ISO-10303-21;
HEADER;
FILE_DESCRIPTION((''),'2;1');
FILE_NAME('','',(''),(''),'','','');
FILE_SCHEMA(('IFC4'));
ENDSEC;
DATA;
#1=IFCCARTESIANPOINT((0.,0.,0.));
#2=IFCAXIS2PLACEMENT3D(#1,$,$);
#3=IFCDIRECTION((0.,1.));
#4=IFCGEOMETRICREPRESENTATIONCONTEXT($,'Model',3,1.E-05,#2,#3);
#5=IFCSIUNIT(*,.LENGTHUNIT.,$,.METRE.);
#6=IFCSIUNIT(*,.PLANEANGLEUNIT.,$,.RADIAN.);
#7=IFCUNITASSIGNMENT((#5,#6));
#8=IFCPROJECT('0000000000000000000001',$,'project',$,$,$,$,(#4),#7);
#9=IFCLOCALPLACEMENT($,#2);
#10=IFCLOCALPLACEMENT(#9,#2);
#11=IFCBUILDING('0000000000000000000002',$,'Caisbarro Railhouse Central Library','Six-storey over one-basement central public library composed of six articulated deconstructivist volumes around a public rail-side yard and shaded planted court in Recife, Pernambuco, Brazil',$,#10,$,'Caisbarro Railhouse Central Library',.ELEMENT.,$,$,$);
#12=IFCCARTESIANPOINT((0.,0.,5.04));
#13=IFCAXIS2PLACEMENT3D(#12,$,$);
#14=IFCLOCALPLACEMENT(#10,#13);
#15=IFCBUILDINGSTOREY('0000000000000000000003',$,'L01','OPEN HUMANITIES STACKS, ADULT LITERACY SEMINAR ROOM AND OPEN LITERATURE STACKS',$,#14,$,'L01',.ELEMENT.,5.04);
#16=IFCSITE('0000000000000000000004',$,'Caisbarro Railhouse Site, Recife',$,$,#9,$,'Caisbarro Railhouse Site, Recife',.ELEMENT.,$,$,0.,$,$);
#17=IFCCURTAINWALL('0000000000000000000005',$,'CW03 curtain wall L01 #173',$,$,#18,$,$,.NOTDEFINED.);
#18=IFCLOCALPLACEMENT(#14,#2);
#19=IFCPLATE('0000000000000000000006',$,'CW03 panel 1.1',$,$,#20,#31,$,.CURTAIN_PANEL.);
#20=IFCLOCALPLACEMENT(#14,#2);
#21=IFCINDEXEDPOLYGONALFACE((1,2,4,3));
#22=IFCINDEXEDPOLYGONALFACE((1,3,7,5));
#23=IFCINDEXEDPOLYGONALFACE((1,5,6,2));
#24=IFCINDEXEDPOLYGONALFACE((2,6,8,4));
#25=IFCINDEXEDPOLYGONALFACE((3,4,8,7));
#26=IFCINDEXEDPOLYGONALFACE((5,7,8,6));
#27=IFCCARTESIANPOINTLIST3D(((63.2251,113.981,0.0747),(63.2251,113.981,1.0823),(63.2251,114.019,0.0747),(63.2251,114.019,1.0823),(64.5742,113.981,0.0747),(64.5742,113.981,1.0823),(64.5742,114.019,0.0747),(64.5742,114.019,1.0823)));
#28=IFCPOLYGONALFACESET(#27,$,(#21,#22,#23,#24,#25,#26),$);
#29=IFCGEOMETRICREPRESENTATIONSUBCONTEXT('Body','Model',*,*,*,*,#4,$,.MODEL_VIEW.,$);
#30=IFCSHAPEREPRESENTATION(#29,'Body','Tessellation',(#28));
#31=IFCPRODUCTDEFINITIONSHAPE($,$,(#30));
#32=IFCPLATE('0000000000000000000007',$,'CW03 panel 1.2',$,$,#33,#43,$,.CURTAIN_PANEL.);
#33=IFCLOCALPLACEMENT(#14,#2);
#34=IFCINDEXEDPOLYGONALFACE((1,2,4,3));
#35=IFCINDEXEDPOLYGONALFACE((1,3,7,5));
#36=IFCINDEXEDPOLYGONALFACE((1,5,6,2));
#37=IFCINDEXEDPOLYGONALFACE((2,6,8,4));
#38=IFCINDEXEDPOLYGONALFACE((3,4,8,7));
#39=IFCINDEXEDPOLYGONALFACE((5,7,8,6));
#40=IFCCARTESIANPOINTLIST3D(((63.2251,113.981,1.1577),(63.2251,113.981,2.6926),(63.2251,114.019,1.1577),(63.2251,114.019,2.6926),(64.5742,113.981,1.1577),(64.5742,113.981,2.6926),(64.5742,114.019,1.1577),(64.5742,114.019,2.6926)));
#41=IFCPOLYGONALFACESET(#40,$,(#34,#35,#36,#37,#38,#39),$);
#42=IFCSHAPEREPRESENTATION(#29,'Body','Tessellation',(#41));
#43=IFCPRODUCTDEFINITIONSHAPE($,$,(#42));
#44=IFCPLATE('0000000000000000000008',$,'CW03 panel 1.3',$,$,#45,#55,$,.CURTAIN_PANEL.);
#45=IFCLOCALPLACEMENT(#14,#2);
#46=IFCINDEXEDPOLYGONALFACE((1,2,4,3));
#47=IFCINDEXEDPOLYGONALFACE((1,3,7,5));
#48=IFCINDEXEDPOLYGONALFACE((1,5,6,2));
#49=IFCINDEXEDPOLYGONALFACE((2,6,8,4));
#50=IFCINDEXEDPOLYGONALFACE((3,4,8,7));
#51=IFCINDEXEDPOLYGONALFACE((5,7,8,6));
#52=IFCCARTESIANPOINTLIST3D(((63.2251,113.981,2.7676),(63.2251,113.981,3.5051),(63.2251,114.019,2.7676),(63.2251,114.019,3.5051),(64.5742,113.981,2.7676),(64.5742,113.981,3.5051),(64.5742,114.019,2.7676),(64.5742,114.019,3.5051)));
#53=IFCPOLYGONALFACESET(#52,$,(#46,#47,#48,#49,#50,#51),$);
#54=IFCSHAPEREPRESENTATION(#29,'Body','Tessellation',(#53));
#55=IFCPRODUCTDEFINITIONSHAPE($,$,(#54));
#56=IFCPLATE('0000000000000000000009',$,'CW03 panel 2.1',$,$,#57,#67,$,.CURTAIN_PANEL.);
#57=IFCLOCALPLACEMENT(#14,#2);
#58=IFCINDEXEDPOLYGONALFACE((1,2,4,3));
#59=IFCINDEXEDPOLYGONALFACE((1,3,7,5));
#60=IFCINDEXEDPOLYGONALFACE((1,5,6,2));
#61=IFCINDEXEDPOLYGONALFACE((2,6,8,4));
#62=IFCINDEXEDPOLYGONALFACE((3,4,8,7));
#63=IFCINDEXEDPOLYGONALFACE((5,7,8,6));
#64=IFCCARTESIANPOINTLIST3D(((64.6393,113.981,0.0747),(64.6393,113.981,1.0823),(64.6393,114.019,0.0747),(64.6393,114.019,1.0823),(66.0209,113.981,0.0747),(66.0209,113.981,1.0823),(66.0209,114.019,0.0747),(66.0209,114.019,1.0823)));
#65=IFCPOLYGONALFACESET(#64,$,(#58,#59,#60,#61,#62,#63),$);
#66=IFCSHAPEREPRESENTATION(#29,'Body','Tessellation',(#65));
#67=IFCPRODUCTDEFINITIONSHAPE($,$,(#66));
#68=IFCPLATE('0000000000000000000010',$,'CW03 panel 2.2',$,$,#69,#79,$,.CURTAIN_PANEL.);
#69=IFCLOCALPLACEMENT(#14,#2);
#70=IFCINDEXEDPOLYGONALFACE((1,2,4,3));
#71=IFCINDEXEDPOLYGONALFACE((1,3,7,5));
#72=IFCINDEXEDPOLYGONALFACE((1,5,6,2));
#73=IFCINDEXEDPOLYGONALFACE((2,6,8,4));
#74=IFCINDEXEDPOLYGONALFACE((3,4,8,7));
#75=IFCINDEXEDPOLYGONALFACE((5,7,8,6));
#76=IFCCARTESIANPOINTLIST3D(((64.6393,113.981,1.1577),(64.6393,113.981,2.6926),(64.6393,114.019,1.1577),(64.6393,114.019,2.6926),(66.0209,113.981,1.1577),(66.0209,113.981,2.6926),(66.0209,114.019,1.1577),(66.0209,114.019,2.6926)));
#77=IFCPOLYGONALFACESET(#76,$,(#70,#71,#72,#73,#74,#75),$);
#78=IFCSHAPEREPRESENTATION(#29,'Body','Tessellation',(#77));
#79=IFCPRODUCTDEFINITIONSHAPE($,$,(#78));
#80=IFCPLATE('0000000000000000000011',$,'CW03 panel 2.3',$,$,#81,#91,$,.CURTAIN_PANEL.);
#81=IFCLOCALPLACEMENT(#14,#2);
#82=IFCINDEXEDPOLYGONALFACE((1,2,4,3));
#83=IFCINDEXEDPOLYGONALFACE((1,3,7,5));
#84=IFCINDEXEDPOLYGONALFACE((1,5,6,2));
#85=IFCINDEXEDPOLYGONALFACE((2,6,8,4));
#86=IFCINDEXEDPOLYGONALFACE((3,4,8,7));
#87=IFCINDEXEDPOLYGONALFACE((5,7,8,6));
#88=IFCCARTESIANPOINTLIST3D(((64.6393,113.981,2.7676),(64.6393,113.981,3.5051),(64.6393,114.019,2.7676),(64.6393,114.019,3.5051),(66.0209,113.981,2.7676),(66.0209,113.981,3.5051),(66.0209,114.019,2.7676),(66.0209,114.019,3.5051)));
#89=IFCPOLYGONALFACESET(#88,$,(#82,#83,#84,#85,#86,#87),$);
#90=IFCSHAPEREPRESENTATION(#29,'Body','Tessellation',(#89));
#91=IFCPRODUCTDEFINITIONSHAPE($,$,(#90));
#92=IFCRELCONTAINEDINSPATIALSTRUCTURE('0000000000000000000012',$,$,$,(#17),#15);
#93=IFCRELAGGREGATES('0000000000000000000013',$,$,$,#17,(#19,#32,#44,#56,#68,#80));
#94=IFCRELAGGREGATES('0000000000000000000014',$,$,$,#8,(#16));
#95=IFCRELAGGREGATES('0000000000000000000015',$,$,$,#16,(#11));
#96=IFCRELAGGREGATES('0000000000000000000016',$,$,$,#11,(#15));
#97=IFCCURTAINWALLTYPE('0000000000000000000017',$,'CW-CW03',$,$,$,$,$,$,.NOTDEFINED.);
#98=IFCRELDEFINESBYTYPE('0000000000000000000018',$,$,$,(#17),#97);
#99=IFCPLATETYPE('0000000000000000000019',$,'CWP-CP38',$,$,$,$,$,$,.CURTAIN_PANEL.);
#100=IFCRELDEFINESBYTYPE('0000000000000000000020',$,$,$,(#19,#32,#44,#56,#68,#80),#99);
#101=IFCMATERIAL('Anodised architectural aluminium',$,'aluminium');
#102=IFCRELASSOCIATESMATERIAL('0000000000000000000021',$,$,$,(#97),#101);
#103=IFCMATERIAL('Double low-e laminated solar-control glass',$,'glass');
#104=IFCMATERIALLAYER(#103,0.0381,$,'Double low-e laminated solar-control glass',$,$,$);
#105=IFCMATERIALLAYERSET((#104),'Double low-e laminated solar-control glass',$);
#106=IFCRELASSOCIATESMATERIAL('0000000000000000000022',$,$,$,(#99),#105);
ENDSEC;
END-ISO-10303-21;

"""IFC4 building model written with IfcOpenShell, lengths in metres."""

from ifc_helpers import new_model, si_unit, direction, frame, origin, origin_2d, place, context, subcontext, project, spatial, rectangle, extrude, material, layer, layer_set, type_object, element, aggregate, save


model = new_model("IFC4")

# Units and contexts
model_context = context("Model", 3, precision=1e-05, world=origin(), true_north=direction((0.0, 1.0)))
body_context = subcontext(model_context, "Body", "Model", "MODEL_VIEW")
ifc_project = project(units=[si_unit("LENGTHUNIT", "METRE"), si_unit("PLANEANGLEUNIT", "RADIAN")], contexts=[model_context])

# Site, building, storey
site_placement = place(None, origin())
site = spatial("IfcSite", under=ifc_project, at=site_placement, Name="Caisbarro Railhouse Site, Recife", LongName="Caisbarro Railhouse Site, Recife", CompositionType="ELEMENT", RefElevation=0.0)
building_placement = place(site_placement, origin())
building = spatial("IfcBuilding", under=site, at=building_placement, Name="Caisbarro Railhouse Central Library", Description="Six-storey over one-basement central public library composed of six articulated deconstructivist volumes around a public rail-side yard and shaded planted court in Recife, Pernambuco, Brazil", LongName="Caisbarro Railhouse Central Library", CompositionType="ELEMENT")
storey_placement = place(building_placement, frame((0.0, 0.0, 5.04)))
storey = spatial("IfcBuildingStorey", under=building, at=storey_placement, Name="L01", Description="OPEN HUMANITIES STACKS, ADULT LITERACY SEMINAR ROOM AND OPEN LITERATURE STACKS", LongName="L01", CompositionType="ELEMENT", Elevation=5.04)

# Shared definitions
ifc_material_1 = material(Name="Anodised architectural aluminium", Category="aluminium")
curtain_wall_type = type_object("IfcCurtainWallType", Name="CW-CW03", PredefinedType="NOTDEFINED", material=ifc_material_1)

# Curtain wall, plates
curtain_wall_1_placement = place(storey_placement, origin())
curtain_wall_1 = element("IfcCurtainWall", 1, at=curtain_wall_1_placement, inside=storey, type_object=curtain_wall_type, Name="CW03 curtain wall L01 #173", PredefinedType="NOTDEFINED")
ifc_material_2 = material(Name="Double low-e laminated solar-control glass", Category="glass")
ifc_layer = layer(ifc_material_2, 0.0381, Name="Double low-e laminated solar-control glass")
ifc_layer_set = layer_set([ifc_layer], Name="Double low-e laminated solar-control glass")
plate_type = type_object("IfcPlateType", Name="CWP-CP38", PredefinedType="CURTAIN_PANEL", material=ifc_layer_set)
plate_1_placement = place(storey_placement, frame((63.8997, 114.0, 0.0747), z_axis=(0.0, 0.0, 1.0), x_axis=(1.0, 0.0, 0.0)))
plate_1 = element("IfcPlate", 2, at=plate_1_placement, type_object=plate_type, Name="CW03 panel 1.1", PredefinedType="CURTAIN_PANEL", context=body_context, shape_type="SweptSolid", body=[
    extrude(rectangle(XDim=1.3491, YDim=0.0381, at=origin_2d()), origin(), (0.0, 0.0, 1.0), 1.0076),
])
plate_2_placement = place(storey_placement, frame((63.8997, 114.0, 1.1577), z_axis=(0.0, 0.0, 1.0), x_axis=(1.0, 0.0, 0.0)))
plate_2 = element("IfcPlate", 3, at=plate_2_placement, type_object=plate_type, Name="CW03 panel 1.2", PredefinedType="CURTAIN_PANEL", context=body_context, shape_type="SweptSolid", body=[
    extrude(rectangle(XDim=1.3491, YDim=0.0381, at=origin_2d()), origin(), (0.0, 0.0, 1.0), 1.5349),
])
plate_3_placement = place(storey_placement, frame((63.8997, 114.0, 2.7676), z_axis=(0.0, 0.0, 1.0), x_axis=(1.0, 0.0, 0.0)))
plate_3 = element("IfcPlate", 4, at=plate_3_placement, type_object=plate_type, Name="CW03 panel 1.3", PredefinedType="CURTAIN_PANEL", context=body_context, shape_type="SweptSolid", body=[
    extrude(rectangle(XDim=1.3491, YDim=0.0381, at=origin_2d()), origin(), (0.0, 0.0, 1.0), 0.7375),
])
plate_4_placement = place(storey_placement, frame((65.3301, 114.0, 0.0747), z_axis=(0.0, 0.0, 1.0), x_axis=(1.0, 0.0, 0.0)))
plate_4 = element("IfcPlate", 5, at=plate_4_placement, type_object=plate_type, Name="CW03 panel 2.1", PredefinedType="CURTAIN_PANEL", context=body_context, shape_type="SweptSolid", body=[
    extrude(rectangle(XDim=1.3816, YDim=0.0381, at=origin_2d()), origin(), (0.0, 0.0, 1.0), 1.0076),
])
plate_5_placement = place(storey_placement, frame((65.3301, 114.0, 1.1577), z_axis=(0.0, 0.0, 1.0), x_axis=(1.0, 0.0, 0.0)))
plate_5 = element("IfcPlate", 6, at=plate_5_placement, type_object=plate_type, Name="CW03 panel 2.2", PredefinedType="CURTAIN_PANEL", context=body_context, shape_type="SweptSolid", body=[
    extrude(rectangle(XDim=1.3816, YDim=0.0381, at=origin_2d()), origin(), (0.0, 0.0, 1.0), 1.5349),
])
plate_6_placement = place(storey_placement, frame((65.3301, 114.0, 2.7676), z_axis=(0.0, 0.0, 1.0), x_axis=(1.0, 0.0, 0.0)))
plate_6 = element("IfcPlate", 7, at=plate_6_placement, type_object=plate_type, Name="CW03 panel 2.3", PredefinedType="CURTAIN_PANEL", context=body_context, shape_type="SweptSolid", body=[
    extrude(rectangle(XDim=1.3816, YDim=0.0381, at=origin_2d()), origin(), (0.0, 0.0, 1.0), 0.7375),
])
aggregate(curtain_wall_1, [plate_1, plate_2, plate_3, plate_4, plate_5, plate_6])

save(model, "model.ifc")
